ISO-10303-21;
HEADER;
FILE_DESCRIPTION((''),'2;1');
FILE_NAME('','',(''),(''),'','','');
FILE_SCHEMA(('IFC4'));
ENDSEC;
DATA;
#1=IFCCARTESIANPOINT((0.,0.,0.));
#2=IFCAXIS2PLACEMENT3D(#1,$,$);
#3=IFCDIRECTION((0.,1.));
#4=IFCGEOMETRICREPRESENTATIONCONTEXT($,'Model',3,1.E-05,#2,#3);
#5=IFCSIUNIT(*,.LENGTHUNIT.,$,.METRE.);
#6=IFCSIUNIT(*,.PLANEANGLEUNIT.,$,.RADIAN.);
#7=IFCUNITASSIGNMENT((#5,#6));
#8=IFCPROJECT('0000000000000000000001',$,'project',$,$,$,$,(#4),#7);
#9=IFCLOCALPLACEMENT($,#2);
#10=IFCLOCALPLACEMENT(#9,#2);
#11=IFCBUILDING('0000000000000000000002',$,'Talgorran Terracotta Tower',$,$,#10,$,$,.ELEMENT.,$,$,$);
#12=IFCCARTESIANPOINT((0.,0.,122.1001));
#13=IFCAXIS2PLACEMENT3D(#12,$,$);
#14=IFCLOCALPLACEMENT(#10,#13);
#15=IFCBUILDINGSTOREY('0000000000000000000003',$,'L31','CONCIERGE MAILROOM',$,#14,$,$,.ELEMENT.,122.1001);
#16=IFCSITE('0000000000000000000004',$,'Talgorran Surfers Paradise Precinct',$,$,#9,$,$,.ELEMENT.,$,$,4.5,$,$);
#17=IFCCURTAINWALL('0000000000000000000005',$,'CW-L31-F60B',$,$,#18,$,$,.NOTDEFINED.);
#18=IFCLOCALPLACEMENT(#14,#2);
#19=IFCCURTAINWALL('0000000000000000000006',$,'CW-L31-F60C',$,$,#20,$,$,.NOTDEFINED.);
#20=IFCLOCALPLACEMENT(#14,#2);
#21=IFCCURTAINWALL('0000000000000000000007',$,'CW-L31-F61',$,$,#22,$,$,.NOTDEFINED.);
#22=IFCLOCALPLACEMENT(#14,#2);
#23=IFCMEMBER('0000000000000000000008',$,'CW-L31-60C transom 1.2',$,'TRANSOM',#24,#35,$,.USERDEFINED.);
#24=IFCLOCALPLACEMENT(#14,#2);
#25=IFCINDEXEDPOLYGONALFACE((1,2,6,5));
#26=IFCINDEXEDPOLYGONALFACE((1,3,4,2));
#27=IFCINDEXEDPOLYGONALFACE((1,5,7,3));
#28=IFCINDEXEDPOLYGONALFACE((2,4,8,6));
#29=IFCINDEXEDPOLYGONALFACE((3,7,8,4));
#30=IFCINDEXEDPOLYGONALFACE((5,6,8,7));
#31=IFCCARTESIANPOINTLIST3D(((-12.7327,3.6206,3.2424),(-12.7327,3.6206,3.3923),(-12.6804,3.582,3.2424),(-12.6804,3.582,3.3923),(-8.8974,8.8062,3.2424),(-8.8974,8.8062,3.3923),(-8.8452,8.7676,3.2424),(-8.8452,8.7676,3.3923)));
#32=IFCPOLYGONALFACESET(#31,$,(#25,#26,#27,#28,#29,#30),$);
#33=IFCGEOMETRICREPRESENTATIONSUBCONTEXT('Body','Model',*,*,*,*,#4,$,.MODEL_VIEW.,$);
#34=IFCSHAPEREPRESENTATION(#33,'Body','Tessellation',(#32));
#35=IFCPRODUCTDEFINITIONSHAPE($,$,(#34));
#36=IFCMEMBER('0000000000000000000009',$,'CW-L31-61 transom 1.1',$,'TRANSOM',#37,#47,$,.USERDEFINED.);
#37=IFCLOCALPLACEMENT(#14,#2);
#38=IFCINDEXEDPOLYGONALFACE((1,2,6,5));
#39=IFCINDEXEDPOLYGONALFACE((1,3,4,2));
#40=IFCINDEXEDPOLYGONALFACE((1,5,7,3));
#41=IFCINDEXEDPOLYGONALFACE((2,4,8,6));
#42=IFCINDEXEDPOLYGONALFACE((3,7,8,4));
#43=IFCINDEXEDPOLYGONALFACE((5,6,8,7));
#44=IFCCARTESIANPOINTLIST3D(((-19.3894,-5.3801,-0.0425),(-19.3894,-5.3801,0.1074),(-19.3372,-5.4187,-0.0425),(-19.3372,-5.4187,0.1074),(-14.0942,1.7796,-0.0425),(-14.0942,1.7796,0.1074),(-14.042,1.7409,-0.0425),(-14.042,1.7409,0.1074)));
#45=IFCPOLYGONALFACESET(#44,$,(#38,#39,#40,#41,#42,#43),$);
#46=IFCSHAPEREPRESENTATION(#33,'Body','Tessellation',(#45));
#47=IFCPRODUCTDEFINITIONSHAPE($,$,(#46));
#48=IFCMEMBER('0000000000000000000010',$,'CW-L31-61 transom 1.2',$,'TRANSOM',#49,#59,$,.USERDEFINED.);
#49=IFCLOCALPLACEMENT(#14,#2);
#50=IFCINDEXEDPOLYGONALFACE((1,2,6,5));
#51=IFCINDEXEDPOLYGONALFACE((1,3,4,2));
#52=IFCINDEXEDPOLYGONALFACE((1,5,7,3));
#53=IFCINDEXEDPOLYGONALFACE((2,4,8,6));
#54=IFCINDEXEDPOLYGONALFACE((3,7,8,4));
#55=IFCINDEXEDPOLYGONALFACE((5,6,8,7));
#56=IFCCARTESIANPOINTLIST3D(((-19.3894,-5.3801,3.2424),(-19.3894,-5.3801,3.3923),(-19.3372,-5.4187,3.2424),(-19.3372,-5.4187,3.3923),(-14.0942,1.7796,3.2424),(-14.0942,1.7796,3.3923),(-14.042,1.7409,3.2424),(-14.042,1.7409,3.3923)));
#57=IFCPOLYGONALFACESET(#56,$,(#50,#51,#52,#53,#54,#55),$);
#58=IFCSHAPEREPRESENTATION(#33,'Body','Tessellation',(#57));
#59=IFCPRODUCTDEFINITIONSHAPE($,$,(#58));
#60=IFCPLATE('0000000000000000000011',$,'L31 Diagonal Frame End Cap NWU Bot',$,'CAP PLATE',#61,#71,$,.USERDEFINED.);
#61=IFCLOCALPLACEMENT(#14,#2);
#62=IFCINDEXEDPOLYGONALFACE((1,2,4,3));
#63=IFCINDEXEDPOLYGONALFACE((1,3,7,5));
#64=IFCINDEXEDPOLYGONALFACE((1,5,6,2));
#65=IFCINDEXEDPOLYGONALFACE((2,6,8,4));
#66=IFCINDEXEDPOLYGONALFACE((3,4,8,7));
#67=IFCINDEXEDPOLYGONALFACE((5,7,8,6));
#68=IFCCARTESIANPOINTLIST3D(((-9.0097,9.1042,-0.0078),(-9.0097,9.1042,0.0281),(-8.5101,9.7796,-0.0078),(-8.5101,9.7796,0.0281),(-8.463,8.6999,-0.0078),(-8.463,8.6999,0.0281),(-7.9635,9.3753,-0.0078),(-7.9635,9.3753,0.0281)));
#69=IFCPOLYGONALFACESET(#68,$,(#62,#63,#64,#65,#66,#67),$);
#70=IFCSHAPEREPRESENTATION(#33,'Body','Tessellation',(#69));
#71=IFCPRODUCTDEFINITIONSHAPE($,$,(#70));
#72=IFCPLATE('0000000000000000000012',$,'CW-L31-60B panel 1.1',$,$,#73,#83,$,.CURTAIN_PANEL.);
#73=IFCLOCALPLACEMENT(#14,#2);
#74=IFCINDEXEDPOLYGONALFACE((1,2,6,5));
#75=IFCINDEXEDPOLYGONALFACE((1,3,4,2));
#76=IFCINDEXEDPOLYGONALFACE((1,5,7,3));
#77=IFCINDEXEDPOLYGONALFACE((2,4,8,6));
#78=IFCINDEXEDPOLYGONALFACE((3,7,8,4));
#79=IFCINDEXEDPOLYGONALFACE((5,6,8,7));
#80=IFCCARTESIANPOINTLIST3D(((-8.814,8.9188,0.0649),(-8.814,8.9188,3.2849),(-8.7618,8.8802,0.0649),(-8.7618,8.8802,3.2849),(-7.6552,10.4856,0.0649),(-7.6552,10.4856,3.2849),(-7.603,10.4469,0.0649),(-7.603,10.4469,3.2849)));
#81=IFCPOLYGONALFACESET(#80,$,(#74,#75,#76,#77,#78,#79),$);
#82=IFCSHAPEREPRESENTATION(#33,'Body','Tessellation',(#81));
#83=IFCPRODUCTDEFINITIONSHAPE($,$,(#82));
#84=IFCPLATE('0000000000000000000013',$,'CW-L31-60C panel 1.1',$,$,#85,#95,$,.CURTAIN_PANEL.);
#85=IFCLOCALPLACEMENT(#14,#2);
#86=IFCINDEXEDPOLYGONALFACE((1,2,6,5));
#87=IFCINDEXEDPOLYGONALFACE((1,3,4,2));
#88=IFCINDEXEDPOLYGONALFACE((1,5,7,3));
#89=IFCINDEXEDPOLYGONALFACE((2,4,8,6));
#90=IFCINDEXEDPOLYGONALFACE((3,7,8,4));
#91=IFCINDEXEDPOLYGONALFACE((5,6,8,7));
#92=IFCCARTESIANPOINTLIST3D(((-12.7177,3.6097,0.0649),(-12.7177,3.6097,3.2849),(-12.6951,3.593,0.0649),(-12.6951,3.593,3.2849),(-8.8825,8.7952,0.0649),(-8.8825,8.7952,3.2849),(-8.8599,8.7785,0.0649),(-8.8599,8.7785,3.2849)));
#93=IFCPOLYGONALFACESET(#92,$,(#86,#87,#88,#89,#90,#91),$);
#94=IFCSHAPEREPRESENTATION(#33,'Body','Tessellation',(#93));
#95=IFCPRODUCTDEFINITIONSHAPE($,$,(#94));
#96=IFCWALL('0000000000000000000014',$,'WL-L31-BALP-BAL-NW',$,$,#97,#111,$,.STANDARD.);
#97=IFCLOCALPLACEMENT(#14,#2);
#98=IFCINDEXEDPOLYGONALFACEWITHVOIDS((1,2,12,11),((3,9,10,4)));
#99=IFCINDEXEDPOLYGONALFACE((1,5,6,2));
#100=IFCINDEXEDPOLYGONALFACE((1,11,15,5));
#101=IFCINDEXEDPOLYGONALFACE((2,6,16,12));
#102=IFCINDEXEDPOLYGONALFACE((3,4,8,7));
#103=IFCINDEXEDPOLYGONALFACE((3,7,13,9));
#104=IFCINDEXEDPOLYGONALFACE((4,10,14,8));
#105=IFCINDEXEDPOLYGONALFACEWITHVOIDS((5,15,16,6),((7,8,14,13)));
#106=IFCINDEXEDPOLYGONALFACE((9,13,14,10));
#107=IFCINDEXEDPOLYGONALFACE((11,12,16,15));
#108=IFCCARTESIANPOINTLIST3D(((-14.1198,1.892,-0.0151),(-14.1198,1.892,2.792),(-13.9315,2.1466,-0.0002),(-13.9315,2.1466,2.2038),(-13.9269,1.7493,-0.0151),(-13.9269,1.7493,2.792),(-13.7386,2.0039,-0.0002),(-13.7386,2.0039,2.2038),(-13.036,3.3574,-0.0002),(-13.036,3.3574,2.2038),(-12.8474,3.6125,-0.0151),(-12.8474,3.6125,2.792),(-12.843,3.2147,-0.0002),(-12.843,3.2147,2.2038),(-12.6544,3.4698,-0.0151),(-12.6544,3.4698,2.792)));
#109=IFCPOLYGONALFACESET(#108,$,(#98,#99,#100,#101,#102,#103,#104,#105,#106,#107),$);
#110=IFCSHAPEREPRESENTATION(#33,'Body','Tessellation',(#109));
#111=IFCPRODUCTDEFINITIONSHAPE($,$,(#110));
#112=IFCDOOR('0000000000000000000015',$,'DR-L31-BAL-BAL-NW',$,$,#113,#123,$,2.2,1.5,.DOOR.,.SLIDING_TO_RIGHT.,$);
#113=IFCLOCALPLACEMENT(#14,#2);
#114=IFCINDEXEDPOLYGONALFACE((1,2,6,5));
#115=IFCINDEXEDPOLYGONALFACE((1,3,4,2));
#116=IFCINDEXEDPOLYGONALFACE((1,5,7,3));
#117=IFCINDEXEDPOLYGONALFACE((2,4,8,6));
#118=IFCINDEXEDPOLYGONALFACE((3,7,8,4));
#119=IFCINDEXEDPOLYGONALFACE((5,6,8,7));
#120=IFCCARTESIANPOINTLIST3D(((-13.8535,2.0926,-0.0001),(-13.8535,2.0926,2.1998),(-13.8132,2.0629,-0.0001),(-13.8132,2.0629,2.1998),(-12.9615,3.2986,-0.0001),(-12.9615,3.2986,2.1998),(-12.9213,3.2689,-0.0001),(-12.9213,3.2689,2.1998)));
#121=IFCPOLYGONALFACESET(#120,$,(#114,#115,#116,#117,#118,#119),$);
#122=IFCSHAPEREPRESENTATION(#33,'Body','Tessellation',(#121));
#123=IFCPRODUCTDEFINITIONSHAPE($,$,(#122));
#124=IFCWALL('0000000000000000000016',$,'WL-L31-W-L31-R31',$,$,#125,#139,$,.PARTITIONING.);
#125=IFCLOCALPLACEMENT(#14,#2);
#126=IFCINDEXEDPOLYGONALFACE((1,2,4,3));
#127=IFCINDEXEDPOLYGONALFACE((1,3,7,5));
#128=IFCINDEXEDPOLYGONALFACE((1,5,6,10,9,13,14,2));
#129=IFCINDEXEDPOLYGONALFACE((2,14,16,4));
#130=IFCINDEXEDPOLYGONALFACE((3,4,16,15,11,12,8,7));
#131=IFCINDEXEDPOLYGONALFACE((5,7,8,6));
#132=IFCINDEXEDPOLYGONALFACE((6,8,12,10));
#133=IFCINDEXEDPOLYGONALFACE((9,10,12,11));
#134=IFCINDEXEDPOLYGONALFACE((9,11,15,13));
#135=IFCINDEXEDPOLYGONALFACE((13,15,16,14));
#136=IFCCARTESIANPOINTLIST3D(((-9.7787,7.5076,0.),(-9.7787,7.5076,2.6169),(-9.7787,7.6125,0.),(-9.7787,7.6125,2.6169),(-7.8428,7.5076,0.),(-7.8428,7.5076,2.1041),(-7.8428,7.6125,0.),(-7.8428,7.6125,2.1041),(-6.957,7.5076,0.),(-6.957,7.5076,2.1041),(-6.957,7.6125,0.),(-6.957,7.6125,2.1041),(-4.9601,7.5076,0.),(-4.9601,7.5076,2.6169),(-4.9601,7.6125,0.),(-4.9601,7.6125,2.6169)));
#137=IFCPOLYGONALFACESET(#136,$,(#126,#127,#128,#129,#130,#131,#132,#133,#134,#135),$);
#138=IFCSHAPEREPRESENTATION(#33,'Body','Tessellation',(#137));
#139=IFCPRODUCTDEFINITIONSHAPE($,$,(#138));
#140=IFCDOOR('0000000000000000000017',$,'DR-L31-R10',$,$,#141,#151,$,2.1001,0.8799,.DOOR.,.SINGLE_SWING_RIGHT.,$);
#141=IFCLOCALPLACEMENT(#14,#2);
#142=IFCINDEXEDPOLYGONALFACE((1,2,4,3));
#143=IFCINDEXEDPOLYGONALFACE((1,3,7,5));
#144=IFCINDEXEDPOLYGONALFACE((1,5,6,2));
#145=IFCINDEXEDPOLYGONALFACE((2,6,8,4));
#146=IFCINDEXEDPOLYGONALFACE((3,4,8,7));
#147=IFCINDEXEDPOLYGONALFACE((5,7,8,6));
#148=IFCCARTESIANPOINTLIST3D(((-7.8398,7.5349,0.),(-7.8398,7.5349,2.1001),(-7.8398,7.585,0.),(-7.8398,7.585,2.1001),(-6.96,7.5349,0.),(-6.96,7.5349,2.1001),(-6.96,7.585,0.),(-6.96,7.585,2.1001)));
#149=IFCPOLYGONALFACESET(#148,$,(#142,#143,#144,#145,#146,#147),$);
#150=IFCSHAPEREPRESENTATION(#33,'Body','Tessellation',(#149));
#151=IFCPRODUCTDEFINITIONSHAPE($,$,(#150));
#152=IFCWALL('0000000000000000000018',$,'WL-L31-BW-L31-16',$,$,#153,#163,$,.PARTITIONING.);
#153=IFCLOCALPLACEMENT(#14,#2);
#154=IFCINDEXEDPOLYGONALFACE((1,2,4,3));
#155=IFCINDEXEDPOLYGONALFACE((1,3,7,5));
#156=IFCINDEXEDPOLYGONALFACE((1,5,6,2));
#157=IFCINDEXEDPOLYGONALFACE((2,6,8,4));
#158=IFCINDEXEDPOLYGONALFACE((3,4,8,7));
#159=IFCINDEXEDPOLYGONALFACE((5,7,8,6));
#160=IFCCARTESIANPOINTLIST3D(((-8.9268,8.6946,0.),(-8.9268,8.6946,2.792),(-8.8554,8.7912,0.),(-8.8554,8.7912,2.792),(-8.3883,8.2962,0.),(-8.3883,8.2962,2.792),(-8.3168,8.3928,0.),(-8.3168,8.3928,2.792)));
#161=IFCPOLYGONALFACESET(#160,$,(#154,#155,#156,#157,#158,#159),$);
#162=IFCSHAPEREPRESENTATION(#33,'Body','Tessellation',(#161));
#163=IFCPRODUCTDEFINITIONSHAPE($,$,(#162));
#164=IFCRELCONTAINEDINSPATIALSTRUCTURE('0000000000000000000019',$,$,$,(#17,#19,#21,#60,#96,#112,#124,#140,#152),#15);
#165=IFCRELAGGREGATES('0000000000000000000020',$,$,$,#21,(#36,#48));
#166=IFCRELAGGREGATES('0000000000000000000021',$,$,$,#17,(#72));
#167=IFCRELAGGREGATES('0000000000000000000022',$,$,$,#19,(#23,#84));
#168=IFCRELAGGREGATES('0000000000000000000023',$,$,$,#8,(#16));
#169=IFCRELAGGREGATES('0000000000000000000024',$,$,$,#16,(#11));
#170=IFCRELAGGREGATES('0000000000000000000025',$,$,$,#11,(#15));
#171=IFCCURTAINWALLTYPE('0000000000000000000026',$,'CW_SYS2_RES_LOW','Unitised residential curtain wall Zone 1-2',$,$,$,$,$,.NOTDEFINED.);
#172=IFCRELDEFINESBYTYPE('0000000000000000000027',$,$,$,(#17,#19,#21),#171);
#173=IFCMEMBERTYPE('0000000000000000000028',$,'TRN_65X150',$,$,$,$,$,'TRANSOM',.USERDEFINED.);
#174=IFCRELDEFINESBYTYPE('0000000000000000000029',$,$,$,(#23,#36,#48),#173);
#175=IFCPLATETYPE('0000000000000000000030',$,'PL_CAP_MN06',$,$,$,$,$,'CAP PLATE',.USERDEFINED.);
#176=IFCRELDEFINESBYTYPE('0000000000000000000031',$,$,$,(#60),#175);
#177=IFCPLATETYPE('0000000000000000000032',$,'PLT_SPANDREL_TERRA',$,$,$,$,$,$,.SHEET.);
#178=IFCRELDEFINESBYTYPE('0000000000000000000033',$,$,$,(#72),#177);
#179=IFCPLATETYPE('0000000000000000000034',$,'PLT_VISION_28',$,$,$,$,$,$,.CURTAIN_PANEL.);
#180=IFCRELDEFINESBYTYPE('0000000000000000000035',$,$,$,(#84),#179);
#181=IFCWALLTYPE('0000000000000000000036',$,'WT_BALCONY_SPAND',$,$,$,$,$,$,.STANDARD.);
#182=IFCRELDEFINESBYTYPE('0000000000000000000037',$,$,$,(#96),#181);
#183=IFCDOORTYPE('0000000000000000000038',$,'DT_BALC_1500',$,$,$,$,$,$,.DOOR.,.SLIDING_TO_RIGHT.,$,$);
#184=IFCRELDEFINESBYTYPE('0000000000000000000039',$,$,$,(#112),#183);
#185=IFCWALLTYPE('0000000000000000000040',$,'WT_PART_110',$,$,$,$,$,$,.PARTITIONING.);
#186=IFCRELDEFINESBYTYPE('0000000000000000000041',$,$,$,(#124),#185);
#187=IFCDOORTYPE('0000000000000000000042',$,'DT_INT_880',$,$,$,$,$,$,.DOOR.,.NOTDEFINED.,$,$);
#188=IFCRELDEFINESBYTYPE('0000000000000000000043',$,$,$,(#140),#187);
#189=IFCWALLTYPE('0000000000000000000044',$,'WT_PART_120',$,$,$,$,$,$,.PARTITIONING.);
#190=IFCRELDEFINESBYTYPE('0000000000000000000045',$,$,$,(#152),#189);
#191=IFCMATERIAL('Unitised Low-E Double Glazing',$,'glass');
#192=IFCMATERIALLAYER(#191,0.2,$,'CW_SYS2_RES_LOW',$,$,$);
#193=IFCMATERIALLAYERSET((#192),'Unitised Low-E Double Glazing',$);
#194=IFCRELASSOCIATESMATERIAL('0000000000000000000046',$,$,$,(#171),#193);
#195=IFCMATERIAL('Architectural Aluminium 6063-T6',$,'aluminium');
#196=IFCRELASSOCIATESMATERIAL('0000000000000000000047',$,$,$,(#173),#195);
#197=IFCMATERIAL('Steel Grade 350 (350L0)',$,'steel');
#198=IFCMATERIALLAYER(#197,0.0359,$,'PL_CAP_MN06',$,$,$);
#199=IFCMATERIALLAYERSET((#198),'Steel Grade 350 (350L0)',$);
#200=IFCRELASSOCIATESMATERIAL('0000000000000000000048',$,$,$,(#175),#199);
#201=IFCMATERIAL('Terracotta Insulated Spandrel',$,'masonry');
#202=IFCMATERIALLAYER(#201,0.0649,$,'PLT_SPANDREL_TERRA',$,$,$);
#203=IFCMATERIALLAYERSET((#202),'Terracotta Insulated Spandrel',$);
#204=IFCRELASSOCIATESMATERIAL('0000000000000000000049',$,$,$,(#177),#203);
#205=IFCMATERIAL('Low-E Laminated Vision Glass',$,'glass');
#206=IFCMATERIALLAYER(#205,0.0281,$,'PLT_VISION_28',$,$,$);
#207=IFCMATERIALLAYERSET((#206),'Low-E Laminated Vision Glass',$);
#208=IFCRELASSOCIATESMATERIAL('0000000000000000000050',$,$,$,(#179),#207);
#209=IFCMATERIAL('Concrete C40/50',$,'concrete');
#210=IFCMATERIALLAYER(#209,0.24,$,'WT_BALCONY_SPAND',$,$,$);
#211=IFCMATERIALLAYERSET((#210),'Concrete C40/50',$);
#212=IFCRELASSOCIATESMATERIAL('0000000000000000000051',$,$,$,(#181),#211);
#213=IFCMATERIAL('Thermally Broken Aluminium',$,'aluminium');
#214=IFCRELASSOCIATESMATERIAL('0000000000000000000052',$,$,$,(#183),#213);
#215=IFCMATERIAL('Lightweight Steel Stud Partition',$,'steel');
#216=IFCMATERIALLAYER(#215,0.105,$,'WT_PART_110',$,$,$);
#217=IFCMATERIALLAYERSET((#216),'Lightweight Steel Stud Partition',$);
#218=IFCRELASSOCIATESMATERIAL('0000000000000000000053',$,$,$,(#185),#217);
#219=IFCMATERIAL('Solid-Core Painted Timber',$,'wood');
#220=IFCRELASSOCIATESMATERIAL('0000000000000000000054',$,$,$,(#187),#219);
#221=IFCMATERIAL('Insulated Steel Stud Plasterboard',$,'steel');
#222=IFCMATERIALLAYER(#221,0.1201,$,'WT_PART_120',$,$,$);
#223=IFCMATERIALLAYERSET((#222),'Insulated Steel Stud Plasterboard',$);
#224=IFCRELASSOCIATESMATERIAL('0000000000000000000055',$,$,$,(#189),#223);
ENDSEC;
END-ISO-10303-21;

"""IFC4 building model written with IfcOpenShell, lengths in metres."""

from ifc_helpers import new_model, si_unit, direction, frame, frame_2d, origin, origin_2d, place, context, subcontext, project, spatial, rectangle, extrude, source, transform, mapped, material, layer, layer_set, material_profile, profile_set, type_object, type_shapes, element, fill, aggregate, save


model = new_model("IFC4")

# Units and contexts
model_context = context("Model", 3, precision=1e-05, world=origin(), true_north=direction((0.0, 1.0)))
body_context = subcontext(model_context, "Body", "Model", "MODEL_VIEW")
ifc_project = project(units=[si_unit("LENGTHUNIT", "METRE"), si_unit("PLANEANGLEUNIT", "RADIAN")], contexts=[model_context])

# Site, building, storey
site_placement = place(None, origin())
site = spatial("IfcSite", under=ifc_project, at=site_placement, Name="Talgorran Surfers Paradise Precinct", CompositionType="ELEMENT", RefElevation=4.5)
building_placement = place(site_placement, origin())
building = spatial("IfcBuilding", under=site, at=building_placement, Name="Talgorran Terracotta Tower", CompositionType="ELEMENT")
storey_placement = place(building_placement, frame((0.0, 0.0, 122.1001)))
storey = spatial("IfcBuildingStorey", under=building, at=storey_placement, Name="L31", Description="CONCIERGE MAILROOM", CompositionType="ELEMENT", Elevation=122.1001)

# Shared definitions
ifc_material_1 = material(Name="Steel Grade 350 (350L0)", Category="steel")

# Curtain wall
ifc_material_2 = material(Name="Unitised Low-E Double Glazing", Category="glass")
ifc_layer_1 = layer(ifc_material_2, 0.2, Name="CW_SYS2_RES_LOW")
ifc_layer_set_1 = layer_set([ifc_layer_1], Name="Unitised Low-E Double Glazing")
curtain_wall_type = type_object("IfcCurtainWallType", Name="CW_SYS2_RES_LOW", Description="Unitised residential curtain wall Zone 1-2", PredefinedType="NOTDEFINED", material=ifc_layer_set_1)
curtain_wall_1_placement = place(storey_placement, origin())
curtain_wall_1 = element("IfcCurtainWall", 1, at=curtain_wall_1_placement, inside=storey, type_object=curtain_wall_type, Name="CW-L31-F60B", PredefinedType="NOTDEFINED")
ifc_material_3 = material(Name="Architectural Aluminium 6063-T6", Category="aluminium")

# Curtain wall
curtain_wall_2_placement = place(storey_placement, origin())
curtain_wall_2 = element("IfcCurtainWall", 2, at=curtain_wall_2_placement, inside=storey, type_object=curtain_wall_type, Name="CW-L31-F60C", PredefinedType="NOTDEFINED")

# Curtain wall
curtain_wall_3_placement = place(storey_placement, origin())
curtain_wall_3 = element("IfcCurtainWall", 3, at=curtain_wall_3_placement, inside=storey, type_object=curtain_wall_type, Name="CW-L31-F61", PredefinedType="NOTDEFINED")

# Members
ifc_material_profile_1 = material_profile(ifc_material_3, rectangle(XDim=0.0649, YDim=0.1499, at=origin_2d()), Name="CWT65X150")
ifc_profile_set_1 = profile_set([ifc_material_profile_1], Name="Architectural Aluminium 6063-T6")
member_type_1 = type_object("IfcMemberType", Name="TRN_65X150", ElementType="TRANSOM", PredefinedType="USERDEFINED", material=ifc_profile_set_1)
member_1_placement = place(storey_placement, frame((-8.8713, 8.7869, 3.3174), z_axis=(-0.594633, -0.803998, 0.0), x_axis=(0.803998, -0.594633, 0.0)))
member_1 = element("IfcMember", 4, at=member_1_placement, type_object=member_type_1, Name="CW-L31-60C transom 1.2", ObjectType="TRANSOM", PredefinedType="USERDEFINED", context=body_context, shape_type="SweptSolid", body=[
    extrude(rectangle(XDim=0.0649, YDim=0.1499, at=origin_2d()), origin(), (0.0, 0.0, 1.0), 6.4497),
])
member_2_placement = place(storey_placement, frame((-14.0681, 1.7603, 0.0325), z_axis=(-0.594626, -0.804002, 0.0), x_axis=(0.804002, -0.594626, 0.0)))
member_2 = element("IfcMember", 5, at=member_2_placement, type_object=member_type_1, Name="CW-L31-61 transom 1.1", ObjectType="TRANSOM", PredefinedType="USERDEFINED", context=body_context, shape_type="SweptSolid", body=[
    extrude(rectangle(XDim=0.0649, YDim=0.1499, at=origin_2d()), origin(), (0.0, 0.0, 1.0), 8.905),
])
member_3_placement = place(storey_placement, frame((-14.0681, 1.7603, 3.3174), z_axis=(-0.594626, -0.804002, 0.0), x_axis=(0.804002, -0.594626, 0.0)))
member_3 = element("IfcMember", 6, at=member_3_placement, type_object=member_type_1, Name="CW-L31-61 transom 1.2", ObjectType="TRANSOM", PredefinedType="USERDEFINED", context=body_context, shape_type="SweptSolid", body=[
    extrude(rectangle(XDim=0.0649, YDim=0.1499, at=origin_2d()), origin(), (0.0, 0.0, 1.0), 8.905),
])
aggregate(curtain_wall_3, [member_2, member_3])

# Plates
ifc_layer_2 = layer(ifc_material_1, 0.0359, Name="PL_CAP_MN06")
ifc_layer_set_2 = layer_set([ifc_layer_2], Name="Steel Grade 350 (350L0)")
plate_type_1 = type_object("IfcPlateType", Name="PL_CAP_MN06", ElementType="CAP PLATE", PredefinedType="USERDEFINED", material=ifc_layer_set_2)
plate_1_placement = place(storey_placement, frame((-8.4866, 9.2397, -0.0078), z_axis=(0.0, 0.0, 1.0), x_axis=(0.594682, 0.803961, 0.0)))
element("IfcPlate", 7, at=plate_1_placement, inside=storey, type_object=plate_type_1, Name="L31 Diagonal Frame End Cap NWU Bot", ObjectType="CAP PLATE", PredefinedType="USERDEFINED", context=body_context, shape_type="SweptSolid", body=[
    extrude(rectangle(XDim=0.8401, YDim=0.6799, at=origin_2d()), origin(), (0.0, 0.0, 1.0), 0.0359),
])
ifc_material_4 = material(Name="Terracotta Insulated Spandrel", Category="masonry")
ifc_layer_3 = layer(ifc_material_4, 0.0649, Name="PLT_SPANDREL_TERRA")
ifc_layer_set_3 = layer_set([ifc_layer_3], Name="Terracotta Insulated Spandrel")
plate_type_2 = type_object("IfcPlateType", Name="PLT_SPANDREL_TERRA", PredefinedType="SHEET", material=ifc_layer_set_3)
shared_shape_1 = source(origin(), body_context, "Body", "SweptSolid", [
    extrude(rectangle(XDim=1.9487, YDim=0.0649, at=origin_2d()), origin(), (0.0, 0.0, 1.0), 3.22),
])
type_shapes(plate_type_2, [shared_shape_1])
plate_2_placement = place(storey_placement, frame((-8.2085, 9.6829, 0.0649), z_axis=(0.0, 0.0, 1.0), x_axis=(-0.594637, -0.803994, 0.0)))
plate_2 = element("IfcPlate", 8, at=plate_2_placement, type_object=plate_type_2, Name="CW-L31-60B panel 1.1", PredefinedType="CURTAIN_PANEL", context=body_context, shape_type="MappedRepresentation", body=[
    mapped(shared_shape_1, transform((0.0, 0.0, 0.0), scale=1.0)),
])
aggregate(curtain_wall_1, [plate_2])
ifc_material_5 = material(Name="Low-E Laminated Vision Glass", Category="glass")
ifc_layer_4 = layer(ifc_material_5, 0.0281, Name="PLT_VISION_28")
ifc_layer_set_4 = layer_set([ifc_layer_4], Name="Low-E Laminated Vision Glass")
plate_type_3 = type_object("IfcPlateType", Name="PLT_VISION_28", PredefinedType="CURTAIN_PANEL", material=ifc_layer_set_4)
shared_shape_2 = source(origin(), body_context, "Body", "SweptSolid", [
    extrude(rectangle(XDim=6.4497, YDim=0.0281, at=origin_2d()), origin(), (0.0, 0.0, 1.0), 3.22),
])
type_shapes(plate_type_3, [shared_shape_2])
plate_3_placement = place(storey_placement, frame((-10.7888, 6.1941, 0.0649), z_axis=(0.0, 0.0, 1.0), x_axis=(-0.594637, -0.803994, 0.0)))
plate_3 = element("IfcPlate", 9, at=plate_3_placement, type_object=plate_type_3, Name="CW-L31-60C panel 1.1", PredefinedType="CURTAIN_PANEL", context=body_context, shape_type="MappedRepresentation", body=[
    mapped(shared_shape_2, transform((0.0, 0.0, 0.0), scale=1.0)),
])
aggregate(curtain_wall_2, [member_1, plate_3])

# Walls, openings, doors
ifc_material_6 = material(Name="Concrete C40/50", Category="concrete")
ifc_layer_5 = layer(ifc_material_6, 0.24, Name="WT_BALCONY_SPAND")
ifc_layer_set_5 = layer_set([ifc_layer_5], Name="Concrete C40/50")
wall_type_1 = type_object("IfcWallType", Name="WT_BALCONY_SPAND", PredefinedType="STANDARD", material=ifc_layer_set_5)
wall_1_placement = place(storey_placement, frame((-12.751, 3.541, -0.0151), z_axis=(0.0, 0.0, 1.0), x_axis=(-0.594638, -0.803994, 0.0)))
wall_1 = element("IfcWall", 10, at=wall_1_placement, inside=storey, type_object=wall_type_1, Name="WL-L31-BALP-BAL-NW", PredefinedType="STANDARD", context=body_context, shape_type="SweptSolid", body=[
    extrude(rectangle(XDim=2.1399, YDim=0.24, at=frame_2d((1.0698, 0.0))), origin(), (0.0, 0.0, 1.0), 2.8071),
])
opening_1_placement = place(wall_1_placement, frame((0.3201, 0.0, 0.0149)))
opening_1 = element("IfcOpeningElement", 11, at=opening_1_placement, cuts=wall_1, PredefinedType="OPENING", context=body_context, shape_type="SweptSolid", body=[
    extrude(rectangle(XDim=1.506, YDim=2.204, at=frame_2d((0.75, 1.1021))), frame((0.0, 0.1299, 0.0), z_axis=(0.0, -1.0, 0.0), x_axis=(1.0, 0.0, 0.0)), (0.0, 0.0, 1.0), 0.26),
])
ifc_material_7 = material(Name="Thermally Broken Aluminium", Category="aluminium")
door_type_1 = type_object("IfcDoorType", Name="DT_BALC_1500", OperationType="SLIDING_TO_RIGHT", PredefinedType="DOOR", material=ifc_material_7)
door_1_placement = place(opening_1_placement, origin())
door_1 = element("IfcDoor", 12, at=door_1_placement, inside=storey, type_object=door_type_1, Name="DR-L31-BAL-BAL-NW", OperationType="SLIDING_TO_RIGHT", OverallHeight=2.2, OverallWidth=1.5, PredefinedType="DOOR", context=body_context, shape_type="SweptSolid", body=[
    extrude(rectangle(XDim=1.5, YDim=2.2, at=frame_2d((0.75, 1.1001))), frame((0.0, 0.0249, 0.0), z_axis=(0.0, -1.0, 0.0), x_axis=(1.0, 0.0, 0.0)), (0.0, 0.0, 1.0), 0.05),
])
fill(opening_1, door_1)
ifc_material_8 = material(Name="Lightweight Steel Stud Partition", Category="steel")
ifc_layer_6 = layer(ifc_material_8, 0.105, Name="WT_PART_110")
ifc_layer_set_6 = layer_set([ifc_layer_6], Name="Lightweight Steel Stud Partition")
wall_type_2 = type_object("IfcWallType", Name="WT_PART_110", PredefinedType="PARTITIONING", material=ifc_layer_set_6)
wall_2_placement = place(storey_placement, frame((-9.7786, 7.5601, 0.0), z_axis=(0.0, 0.0, 1.0), x_axis=(1.0, 0.0, 0.0)))
wall_2 = element("IfcWall", 13, at=wall_2_placement, inside=storey, type_object=wall_type_2, Name="WL-L31-W-L31-R31", PredefinedType="PARTITIONING", context=body_context, shape_type="SweptSolid", body=[
    extrude(rectangle(XDim=4.8186, YDim=0.105, at=frame_2d((2.4092, 0.0))), origin(), (0.0, 0.0, 1.0), 2.6169),
])
opening_2_placement = place(wall_2_placement, frame((1.9387, 0.0, 0.0)))
opening_2 = element("IfcOpeningElement", 14, at=opening_2_placement, cuts=wall_2, PredefinedType="OPENING", context=body_context, shape_type="SweptSolid", body=[
    extrude(rectangle(XDim=0.8859, YDim=2.1041, at=frame_2d((0.4399, 1.052))), frame((0.0, 0.0625, 0.0), z_axis=(0.0, -1.0, 0.0), x_axis=(1.0, 0.0, 0.0)), (0.0, 0.0, 1.0), 0.125),
])
ifc_material_9 = material(Name="Solid-Core Painted Timber", Category="wood")
door_type_2 = type_object("IfcDoorType", Name="DT_INT_880", OperationType="NOTDEFINED", PredefinedType="DOOR", material=ifc_material_9)
door_2_placement = place(opening_2_placement, origin())
door_2 = element("IfcDoor", 15, at=door_2_placement, inside=storey, type_object=door_type_2, Name="DR-L31-R10", OperationType="SINGLE_SWING_RIGHT", OverallHeight=2.1001, OverallWidth=0.8799, PredefinedType="DOOR", context=body_context, shape_type="SweptSolid", body=[
    extrude(rectangle(XDim=0.8799, YDim=2.1001, at=frame_2d((0.4399, 1.05))), frame((0.0, 0.0249, 0.0), z_axis=(0.0, -1.0, 0.0), x_axis=(1.0, 0.0, 0.0)), (0.0, 0.0, 1.0), 0.05),
])
fill(opening_2, door_2)

# Wall
ifc_material_10 = material(Name="Insulated Steel Stud Plasterboard", Category="steel")
ifc_layer_7 = layer(ifc_material_10, 0.1201, Name="WT_PART_120")
ifc_layer_set_7 = layer_set([ifc_layer_7], Name="Insulated Steel Stud Plasterboard")
wall_type_3 = type_object("IfcWallType", Name="WT_PART_120", PredefinedType="PARTITIONING", material=ifc_layer_set_7)
wall_3_placement = place(storey_placement, frame((-8.3525, 8.3445, 0.0), z_axis=(0.0, 0.0, 1.0), x_axis=(-0.803919, 0.594739, 0.0)))
element("IfcWall", 16, at=wall_3_placement, inside=storey, type_object=wall_type_3, Name="WL-L31-BW-L31-16", PredefinedType="PARTITIONING", context=body_context, shape_type="SweptSolid", body=[
    extrude(rectangle(XDim=0.6699, YDim=0.1201, at=frame_2d((0.335, 0.0))), origin(), (0.0, 0.0, 1.0), 2.792),
])

save(model, "model.ifc")
